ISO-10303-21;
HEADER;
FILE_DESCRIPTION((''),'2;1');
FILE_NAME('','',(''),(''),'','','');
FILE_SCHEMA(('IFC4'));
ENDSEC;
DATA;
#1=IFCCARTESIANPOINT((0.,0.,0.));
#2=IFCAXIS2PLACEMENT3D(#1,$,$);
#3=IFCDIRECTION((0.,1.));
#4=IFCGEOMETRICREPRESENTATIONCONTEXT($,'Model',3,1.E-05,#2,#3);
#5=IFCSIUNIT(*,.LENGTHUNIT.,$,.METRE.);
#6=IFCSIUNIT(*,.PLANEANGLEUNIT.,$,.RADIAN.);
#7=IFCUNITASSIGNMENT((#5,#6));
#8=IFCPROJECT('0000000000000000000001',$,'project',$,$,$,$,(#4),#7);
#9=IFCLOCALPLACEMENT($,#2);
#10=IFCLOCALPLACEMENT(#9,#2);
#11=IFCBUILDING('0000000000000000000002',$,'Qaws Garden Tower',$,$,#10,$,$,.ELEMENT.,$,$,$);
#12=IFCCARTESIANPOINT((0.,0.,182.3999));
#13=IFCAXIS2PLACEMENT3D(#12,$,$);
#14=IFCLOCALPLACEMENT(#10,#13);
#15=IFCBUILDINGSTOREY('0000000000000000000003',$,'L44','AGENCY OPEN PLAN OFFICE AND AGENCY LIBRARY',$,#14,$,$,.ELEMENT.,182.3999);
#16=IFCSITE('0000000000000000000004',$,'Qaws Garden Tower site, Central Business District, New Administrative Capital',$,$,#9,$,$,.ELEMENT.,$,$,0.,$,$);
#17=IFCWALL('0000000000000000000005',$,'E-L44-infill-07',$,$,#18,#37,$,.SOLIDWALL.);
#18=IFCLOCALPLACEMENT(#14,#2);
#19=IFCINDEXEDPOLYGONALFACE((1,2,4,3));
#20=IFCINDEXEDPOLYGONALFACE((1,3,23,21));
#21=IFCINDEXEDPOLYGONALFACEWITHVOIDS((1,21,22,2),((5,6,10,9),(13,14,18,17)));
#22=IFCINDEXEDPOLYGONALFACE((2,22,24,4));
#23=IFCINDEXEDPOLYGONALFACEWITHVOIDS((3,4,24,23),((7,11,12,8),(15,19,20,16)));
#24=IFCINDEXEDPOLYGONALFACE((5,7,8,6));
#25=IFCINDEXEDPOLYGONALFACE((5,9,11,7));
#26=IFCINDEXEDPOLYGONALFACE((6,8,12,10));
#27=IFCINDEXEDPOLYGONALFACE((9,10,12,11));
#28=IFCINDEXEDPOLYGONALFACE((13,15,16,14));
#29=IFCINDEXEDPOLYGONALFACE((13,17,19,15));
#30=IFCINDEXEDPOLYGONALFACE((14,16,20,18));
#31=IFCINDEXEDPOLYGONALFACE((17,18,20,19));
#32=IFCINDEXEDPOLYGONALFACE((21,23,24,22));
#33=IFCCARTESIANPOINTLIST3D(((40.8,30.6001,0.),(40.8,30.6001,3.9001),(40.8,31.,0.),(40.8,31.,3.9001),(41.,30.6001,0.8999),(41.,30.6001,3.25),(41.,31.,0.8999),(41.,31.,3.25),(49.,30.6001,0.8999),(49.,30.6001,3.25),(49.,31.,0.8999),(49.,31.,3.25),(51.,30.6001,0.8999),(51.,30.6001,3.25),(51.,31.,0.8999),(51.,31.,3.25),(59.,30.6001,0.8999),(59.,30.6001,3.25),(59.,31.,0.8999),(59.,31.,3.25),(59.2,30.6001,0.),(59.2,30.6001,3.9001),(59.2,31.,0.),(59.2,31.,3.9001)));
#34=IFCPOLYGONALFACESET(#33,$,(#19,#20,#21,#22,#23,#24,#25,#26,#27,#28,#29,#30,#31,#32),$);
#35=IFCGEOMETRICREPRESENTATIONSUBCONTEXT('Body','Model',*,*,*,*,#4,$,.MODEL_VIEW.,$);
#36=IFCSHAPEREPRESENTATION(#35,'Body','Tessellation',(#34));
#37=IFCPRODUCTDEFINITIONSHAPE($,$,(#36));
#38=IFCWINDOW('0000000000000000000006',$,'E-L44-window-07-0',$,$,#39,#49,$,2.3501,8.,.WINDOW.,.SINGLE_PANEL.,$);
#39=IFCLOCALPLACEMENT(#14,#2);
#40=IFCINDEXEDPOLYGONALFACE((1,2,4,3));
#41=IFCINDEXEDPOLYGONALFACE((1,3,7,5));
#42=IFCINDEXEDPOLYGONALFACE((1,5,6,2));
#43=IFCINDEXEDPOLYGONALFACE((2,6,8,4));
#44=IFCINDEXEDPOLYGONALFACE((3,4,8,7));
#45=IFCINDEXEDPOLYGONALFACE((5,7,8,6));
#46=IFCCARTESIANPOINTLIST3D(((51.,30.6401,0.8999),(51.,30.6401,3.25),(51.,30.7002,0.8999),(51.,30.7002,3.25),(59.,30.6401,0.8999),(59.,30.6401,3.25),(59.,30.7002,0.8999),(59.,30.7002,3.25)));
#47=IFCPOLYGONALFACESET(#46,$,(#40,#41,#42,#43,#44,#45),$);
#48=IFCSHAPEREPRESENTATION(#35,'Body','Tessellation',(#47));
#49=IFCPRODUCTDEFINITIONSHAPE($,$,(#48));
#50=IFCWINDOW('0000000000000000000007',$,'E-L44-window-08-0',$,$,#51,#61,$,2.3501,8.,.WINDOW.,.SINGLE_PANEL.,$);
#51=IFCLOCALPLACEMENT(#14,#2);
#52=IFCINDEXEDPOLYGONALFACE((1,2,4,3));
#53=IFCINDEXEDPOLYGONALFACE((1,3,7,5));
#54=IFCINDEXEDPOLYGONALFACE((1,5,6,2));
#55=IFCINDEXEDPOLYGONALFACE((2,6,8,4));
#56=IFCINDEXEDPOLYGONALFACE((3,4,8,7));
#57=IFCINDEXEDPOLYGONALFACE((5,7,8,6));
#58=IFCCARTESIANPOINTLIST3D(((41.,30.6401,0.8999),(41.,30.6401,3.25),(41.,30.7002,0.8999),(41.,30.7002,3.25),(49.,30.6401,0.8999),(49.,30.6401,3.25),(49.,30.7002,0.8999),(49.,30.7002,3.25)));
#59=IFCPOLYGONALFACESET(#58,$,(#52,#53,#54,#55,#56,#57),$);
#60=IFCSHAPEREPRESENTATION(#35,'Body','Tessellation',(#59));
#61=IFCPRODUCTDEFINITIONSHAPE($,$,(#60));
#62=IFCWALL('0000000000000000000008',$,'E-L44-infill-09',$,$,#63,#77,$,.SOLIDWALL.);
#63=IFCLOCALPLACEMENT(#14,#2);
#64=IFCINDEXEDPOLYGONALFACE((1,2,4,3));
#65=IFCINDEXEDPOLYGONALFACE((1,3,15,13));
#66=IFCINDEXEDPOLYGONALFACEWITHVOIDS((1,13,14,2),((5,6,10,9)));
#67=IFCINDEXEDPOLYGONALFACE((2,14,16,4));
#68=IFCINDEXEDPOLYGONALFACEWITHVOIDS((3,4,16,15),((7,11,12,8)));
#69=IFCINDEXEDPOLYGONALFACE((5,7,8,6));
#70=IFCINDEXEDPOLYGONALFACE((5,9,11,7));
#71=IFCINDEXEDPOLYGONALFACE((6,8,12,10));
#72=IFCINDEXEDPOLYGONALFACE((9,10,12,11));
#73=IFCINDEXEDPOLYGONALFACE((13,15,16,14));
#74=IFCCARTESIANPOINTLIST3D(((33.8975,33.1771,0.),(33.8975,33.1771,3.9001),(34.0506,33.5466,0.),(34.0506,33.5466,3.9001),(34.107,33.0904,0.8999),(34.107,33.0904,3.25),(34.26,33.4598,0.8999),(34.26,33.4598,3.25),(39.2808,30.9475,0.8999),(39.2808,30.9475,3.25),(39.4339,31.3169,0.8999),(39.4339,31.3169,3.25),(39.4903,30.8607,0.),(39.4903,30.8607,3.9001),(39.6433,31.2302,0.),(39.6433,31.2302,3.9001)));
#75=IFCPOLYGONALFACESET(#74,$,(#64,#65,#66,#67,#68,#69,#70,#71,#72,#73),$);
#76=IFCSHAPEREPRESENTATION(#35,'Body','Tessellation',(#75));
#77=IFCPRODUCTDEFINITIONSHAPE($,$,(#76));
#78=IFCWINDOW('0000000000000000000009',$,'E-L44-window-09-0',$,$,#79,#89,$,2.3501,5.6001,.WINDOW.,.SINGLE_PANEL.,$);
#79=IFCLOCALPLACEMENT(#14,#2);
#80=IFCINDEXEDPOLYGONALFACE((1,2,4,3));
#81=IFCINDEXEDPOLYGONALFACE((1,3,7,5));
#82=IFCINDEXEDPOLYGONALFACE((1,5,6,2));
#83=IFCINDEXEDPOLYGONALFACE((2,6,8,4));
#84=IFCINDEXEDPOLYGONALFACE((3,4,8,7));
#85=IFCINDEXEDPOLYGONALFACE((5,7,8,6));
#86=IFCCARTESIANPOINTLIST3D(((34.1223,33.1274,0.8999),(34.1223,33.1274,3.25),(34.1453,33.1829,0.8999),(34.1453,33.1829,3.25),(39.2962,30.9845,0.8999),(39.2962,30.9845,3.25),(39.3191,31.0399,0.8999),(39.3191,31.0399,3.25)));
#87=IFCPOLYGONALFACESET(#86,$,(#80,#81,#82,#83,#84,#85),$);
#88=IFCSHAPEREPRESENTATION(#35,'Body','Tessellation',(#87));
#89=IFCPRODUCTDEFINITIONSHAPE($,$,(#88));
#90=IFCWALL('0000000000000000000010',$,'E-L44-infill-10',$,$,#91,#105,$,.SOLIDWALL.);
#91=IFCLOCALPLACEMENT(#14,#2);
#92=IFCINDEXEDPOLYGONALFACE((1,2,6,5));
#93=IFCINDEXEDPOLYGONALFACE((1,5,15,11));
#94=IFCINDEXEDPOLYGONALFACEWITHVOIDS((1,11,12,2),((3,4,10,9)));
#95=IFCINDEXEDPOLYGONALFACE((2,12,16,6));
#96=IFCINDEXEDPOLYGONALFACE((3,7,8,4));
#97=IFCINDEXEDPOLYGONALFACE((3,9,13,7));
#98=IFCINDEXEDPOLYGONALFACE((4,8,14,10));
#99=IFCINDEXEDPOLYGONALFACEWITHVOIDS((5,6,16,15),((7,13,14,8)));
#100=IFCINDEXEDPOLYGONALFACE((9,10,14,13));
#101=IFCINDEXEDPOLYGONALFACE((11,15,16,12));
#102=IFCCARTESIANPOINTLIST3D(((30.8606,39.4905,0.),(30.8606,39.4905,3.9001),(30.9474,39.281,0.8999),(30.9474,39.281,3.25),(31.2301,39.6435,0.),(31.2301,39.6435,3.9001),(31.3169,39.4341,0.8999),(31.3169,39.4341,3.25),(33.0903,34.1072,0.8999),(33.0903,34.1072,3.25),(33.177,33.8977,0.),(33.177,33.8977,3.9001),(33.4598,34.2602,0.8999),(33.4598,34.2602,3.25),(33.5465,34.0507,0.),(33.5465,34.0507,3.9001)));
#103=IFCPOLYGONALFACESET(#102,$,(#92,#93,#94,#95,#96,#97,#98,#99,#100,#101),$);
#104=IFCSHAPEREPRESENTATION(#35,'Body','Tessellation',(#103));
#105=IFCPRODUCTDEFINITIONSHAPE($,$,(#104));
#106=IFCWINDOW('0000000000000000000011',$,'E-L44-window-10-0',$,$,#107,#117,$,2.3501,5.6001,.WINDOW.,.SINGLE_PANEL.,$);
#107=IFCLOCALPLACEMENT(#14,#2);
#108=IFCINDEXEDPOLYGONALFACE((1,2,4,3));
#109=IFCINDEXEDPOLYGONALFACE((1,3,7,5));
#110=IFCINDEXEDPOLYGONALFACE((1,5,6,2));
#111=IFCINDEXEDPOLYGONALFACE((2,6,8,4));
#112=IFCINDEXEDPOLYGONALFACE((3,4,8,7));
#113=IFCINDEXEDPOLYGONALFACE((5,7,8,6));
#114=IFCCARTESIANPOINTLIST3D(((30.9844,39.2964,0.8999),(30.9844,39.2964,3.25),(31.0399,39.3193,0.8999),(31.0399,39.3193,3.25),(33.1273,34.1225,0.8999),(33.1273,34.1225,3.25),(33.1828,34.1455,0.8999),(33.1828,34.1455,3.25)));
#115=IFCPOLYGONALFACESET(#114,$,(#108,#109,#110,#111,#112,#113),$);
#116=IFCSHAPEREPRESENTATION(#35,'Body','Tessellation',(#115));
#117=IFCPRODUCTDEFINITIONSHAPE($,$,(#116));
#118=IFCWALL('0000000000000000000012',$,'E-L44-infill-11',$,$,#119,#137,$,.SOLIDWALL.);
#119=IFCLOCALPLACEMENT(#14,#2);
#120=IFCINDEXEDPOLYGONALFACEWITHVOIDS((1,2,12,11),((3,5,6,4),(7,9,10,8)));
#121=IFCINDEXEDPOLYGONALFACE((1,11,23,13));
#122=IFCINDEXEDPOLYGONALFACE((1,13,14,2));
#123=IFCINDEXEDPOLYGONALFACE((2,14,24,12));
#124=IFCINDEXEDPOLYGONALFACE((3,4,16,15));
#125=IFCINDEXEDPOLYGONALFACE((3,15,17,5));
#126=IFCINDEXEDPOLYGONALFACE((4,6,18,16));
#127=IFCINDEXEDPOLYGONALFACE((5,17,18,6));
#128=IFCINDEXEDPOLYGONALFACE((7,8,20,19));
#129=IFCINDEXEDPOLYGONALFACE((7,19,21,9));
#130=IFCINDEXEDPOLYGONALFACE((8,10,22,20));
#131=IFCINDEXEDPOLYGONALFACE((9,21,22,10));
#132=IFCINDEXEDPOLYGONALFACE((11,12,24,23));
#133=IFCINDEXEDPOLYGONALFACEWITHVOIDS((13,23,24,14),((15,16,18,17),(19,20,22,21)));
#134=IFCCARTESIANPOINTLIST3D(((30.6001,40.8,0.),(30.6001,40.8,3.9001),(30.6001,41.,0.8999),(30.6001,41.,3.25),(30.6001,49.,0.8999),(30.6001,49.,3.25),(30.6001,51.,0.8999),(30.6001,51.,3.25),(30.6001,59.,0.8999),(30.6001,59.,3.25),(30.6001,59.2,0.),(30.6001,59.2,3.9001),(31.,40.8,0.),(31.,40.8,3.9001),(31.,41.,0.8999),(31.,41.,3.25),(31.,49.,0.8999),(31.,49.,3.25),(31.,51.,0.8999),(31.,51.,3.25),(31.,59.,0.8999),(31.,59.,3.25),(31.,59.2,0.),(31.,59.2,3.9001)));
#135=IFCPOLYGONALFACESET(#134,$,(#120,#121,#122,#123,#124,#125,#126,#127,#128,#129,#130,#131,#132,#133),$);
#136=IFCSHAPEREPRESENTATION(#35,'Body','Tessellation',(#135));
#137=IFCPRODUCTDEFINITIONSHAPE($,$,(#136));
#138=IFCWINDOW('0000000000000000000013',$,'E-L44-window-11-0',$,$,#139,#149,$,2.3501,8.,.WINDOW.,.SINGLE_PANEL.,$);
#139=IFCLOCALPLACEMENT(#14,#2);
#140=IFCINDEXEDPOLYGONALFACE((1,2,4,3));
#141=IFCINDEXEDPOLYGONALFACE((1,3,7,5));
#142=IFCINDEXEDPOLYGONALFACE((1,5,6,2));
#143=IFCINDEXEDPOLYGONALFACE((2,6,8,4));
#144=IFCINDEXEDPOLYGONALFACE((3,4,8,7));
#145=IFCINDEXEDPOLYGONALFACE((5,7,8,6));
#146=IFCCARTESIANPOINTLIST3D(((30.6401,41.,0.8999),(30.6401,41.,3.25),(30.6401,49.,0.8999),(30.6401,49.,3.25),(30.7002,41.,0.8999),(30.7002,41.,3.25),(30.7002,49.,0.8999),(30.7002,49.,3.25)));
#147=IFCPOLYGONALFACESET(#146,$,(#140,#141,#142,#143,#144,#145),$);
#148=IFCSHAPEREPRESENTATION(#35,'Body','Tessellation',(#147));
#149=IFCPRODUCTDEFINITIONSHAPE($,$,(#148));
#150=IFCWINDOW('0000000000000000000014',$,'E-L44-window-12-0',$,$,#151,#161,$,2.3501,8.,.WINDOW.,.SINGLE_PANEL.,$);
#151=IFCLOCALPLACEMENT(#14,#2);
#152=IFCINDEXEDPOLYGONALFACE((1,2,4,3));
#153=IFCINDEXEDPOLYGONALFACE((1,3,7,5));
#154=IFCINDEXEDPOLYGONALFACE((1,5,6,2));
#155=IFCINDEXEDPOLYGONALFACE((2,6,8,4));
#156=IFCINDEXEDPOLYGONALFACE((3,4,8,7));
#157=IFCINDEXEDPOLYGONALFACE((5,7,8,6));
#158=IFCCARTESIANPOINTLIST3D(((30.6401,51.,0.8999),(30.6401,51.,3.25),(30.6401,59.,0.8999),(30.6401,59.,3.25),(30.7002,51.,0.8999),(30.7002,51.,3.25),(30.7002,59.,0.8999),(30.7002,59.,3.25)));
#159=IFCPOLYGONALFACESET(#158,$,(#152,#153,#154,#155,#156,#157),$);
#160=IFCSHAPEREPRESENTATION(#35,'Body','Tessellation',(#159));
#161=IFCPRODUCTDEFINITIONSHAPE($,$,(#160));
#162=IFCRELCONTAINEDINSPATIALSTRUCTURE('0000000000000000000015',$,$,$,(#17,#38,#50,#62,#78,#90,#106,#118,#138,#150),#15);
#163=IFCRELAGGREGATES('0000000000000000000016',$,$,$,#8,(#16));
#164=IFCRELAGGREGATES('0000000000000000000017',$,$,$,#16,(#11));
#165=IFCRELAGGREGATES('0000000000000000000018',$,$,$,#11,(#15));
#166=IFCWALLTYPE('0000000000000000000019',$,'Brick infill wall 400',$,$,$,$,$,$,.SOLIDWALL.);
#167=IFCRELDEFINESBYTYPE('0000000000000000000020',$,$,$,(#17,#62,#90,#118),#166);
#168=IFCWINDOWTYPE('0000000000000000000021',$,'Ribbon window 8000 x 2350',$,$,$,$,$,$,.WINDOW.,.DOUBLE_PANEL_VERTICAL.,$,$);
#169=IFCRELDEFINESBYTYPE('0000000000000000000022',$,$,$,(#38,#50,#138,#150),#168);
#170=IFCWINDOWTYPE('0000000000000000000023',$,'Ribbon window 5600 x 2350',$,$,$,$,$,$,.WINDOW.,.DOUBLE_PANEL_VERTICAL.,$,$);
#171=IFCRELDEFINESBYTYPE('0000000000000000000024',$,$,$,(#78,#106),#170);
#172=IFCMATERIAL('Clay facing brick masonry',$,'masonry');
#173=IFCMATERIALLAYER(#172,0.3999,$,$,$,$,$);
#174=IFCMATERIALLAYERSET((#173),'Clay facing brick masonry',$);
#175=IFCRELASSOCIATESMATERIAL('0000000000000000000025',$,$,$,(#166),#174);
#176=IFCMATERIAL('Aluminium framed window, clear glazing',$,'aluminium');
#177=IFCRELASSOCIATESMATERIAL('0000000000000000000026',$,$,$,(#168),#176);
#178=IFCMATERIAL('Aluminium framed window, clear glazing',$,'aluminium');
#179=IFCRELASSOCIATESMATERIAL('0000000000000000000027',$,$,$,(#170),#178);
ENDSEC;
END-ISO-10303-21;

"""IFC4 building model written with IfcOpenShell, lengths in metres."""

from ifc_helpers import new_model, si_unit, direction, frame, frame_2d, origin, place, context, subcontext, project, spatial, rectangle, extrude, material, layer, layer_set, type_object, element, fill, save


model = new_model("IFC4")

# Units and contexts
model_context = context("Model", 3, precision=1e-05, world=origin(), true_north=direction((0.0, 1.0)))
body_context = subcontext(model_context, "Body", "Model", "MODEL_VIEW")
ifc_project = project(units=[si_unit("LENGTHUNIT", "METRE"), si_unit("PLANEANGLEUNIT", "RADIAN")], contexts=[model_context])

# Site, building, storey
site_placement = place(None, origin())
site = spatial("IfcSite", under=ifc_project, at=site_placement, Name="Qaws Garden Tower site, Central Business District, New Administrative Capital", CompositionType="ELEMENT", RefElevation=0.0)
building_placement = place(site_placement, origin())
building = spatial("IfcBuilding", under=site, at=building_placement, Name="Qaws Garden Tower", CompositionType="ELEMENT")
storey_placement = place(building_placement, frame((0.0, 0.0, 182.3999)))
storey = spatial("IfcBuildingStorey", under=building, at=storey_placement, Name="L44", Description="AGENCY OPEN PLAN OFFICE AND AGENCY LIBRARY", CompositionType="ELEMENT", Elevation=182.3999)

# Wall, openings, windows
ifc_material_1 = material(Name="Clay facing brick masonry", Category="masonry")
ifc_layer_1 = layer(ifc_material_1, 0.3999)
ifc_layer_set_1 = layer_set([ifc_layer_1], Name="Clay facing brick masonry")
wall_type_1 = type_object("IfcWallType", Name="Brick infill wall 400", PredefinedType="SOLIDWALL", material=ifc_layer_set_1)
wall_1_placement = place(storey_placement, frame((59.2, 30.8, 0.0), z_axis=(0.0, 0.0, 1.0), x_axis=(-1.0, 0.0, 0.0)))
wall_1 = element("IfcWall", 1, at=wall_1_placement, inside=storey, type_object=wall_type_1, Name="E-L44-infill-07", PredefinedType="SOLIDWALL", context=body_context, shape_type="SweptSolid", body=[
    extrude(rectangle(XDim=18.3999, YDim=0.3999, at=frame_2d((9.2, 0.0))), origin(), (0.0, 0.0, 1.0), 3.9001),
])
opening_1_placement = place(wall_1_placement, frame((0.2, 0.0, 0.8999)))
opening_1 = element("IfcOpeningElement", 2, at=opening_1_placement, cuts=wall_1, PredefinedType="OPENING", context=body_context, shape_type="SweptSolid", body=[
    extrude(rectangle(XDim=8.0, YDim=2.3501, at=frame_2d((4.0, 1.175))), frame((0.0, 0.21, 0.0), z_axis=(0.0, -1.0, 0.0), x_axis=(1.0, 0.0, 0.0)), (0.0, 0.0, 1.0), 0.4199),
])
opening_2_placement = place(wall_1_placement, frame((10.2, 0.0, 0.8999)))
opening_2 = element("IfcOpeningElement", 3, at=opening_2_placement, cuts=wall_1, PredefinedType="OPENING", context=body_context, shape_type="SweptSolid", body=[
    extrude(rectangle(XDim=8.0, YDim=2.3501, at=frame_2d((4.0, 1.175))), frame((0.0, 0.21, 0.0), z_axis=(0.0, -1.0, 0.0), x_axis=(1.0, 0.0, 0.0)), (0.0, 0.0, 1.0), 0.4199),
])
ifc_material_2 = material(Name="Aluminium framed window, clear glazing", Category="aluminium")
window_type_1 = type_object("IfcWindowType", Name="Ribbon window 8000 x 2350", PartitioningType="DOUBLE_PANEL_VERTICAL", PredefinedType="WINDOW", material=ifc_material_2)
window_1_placement = place(opening_1_placement, origin())
window_1 = element("IfcWindow", 4, at=window_1_placement, inside=storey, type_object=window_type_1, Name="E-L44-window-07-0", OverallHeight=2.3501, OverallWidth=8.0, PartitioningType="SINGLE_PANEL", PredefinedType="WINDOW", context=body_context, shape_type="SweptSolid", body=[
    extrude(rectangle(XDim=8.0, YDim=2.3501, at=frame_2d((4.0, 1.175))), frame((0.0, 0.1599, 0.0), z_axis=(0.0, -1.0, 0.0), x_axis=(1.0, 0.0, 0.0)), (0.0, 0.0, 1.0), 0.0601),
])
fill(opening_1, window_1)
window_2_placement = place(opening_2_placement, origin())
window_2 = element("IfcWindow", 5, at=window_2_placement, inside=storey, type_object=window_type_1, Name="E-L44-window-08-0", OverallHeight=2.3501, OverallWidth=8.0, PartitioningType="SINGLE_PANEL", PredefinedType="WINDOW", context=body_context, shape_type="SweptSolid", body=[
    extrude(rectangle(XDim=8.0, YDim=2.3501, at=frame_2d((4.0, 1.175))), frame((0.0, 0.1599, 0.0), z_axis=(0.0, -1.0, 0.0), x_axis=(1.0, 0.0, 0.0)), (0.0, 0.0, 1.0), 0.0601),
])
fill(opening_2, window_2)

# Walls, openings, windows
wall_2_placement = place(storey_placement, frame((39.5669, 31.0454, 0.0), z_axis=(0.0, 0.0, 1.0), x_axis=(-0.923891, 0.382656, 0.0)))
wall_2 = element("IfcWall", 6, at=wall_2_placement, inside=storey, type_object=wall_type_1, Name="E-L44-infill-09", PredefinedType="SOLIDWALL", context=body_context, shape_type="SweptSolid", body=[
    extrude(rectangle(XDim=6.0535, YDim=0.3999, at=frame_2d((3.0269, 0.0))), origin(), (0.0, 0.0, 1.0), 3.9001),
])
opening_3_placement = place(wall_2_placement, frame((0.2268, 0.0, 0.8999)))
opening_3 = element("IfcOpeningElement", 7, at=opening_3_placement, cuts=wall_2, PredefinedType="OPENING", context=body_context, shape_type="SweptSolid", body=[
    extrude(rectangle(XDim=5.6001, YDim=2.3501, at=frame_2d((2.8, 1.175))), frame((0.0, 0.21, 0.0), z_axis=(0.0, -1.0, 0.0), x_axis=(1.0, 0.0, 0.0)), (0.0, 0.0, 1.0), 0.4199),
])
ifc_material_3 = material(Name="Aluminium framed window, clear glazing", Category="aluminium")
window_type_2 = type_object("IfcWindowType", Name="Ribbon window 5600 x 2350", PartitioningType="DOUBLE_PANEL_VERTICAL", PredefinedType="WINDOW", material=ifc_material_3)
window_3_placement = place(opening_3_placement, origin())
window_3 = element("IfcWindow", 8, at=window_3_placement, inside=storey, type_object=window_type_2, Name="E-L44-window-09-0", OverallHeight=2.3501, OverallWidth=5.6001, PartitioningType="SINGLE_PANEL", PredefinedType="WINDOW", context=body_context, shape_type="SweptSolid", body=[
    extrude(rectangle(XDim=5.6001, YDim=2.3501, at=frame_2d((2.8, 1.175))), frame((0.0, 0.1599, 0.0), z_axis=(0.0, -1.0, 0.0), x_axis=(1.0, 0.0, 0.0)), (0.0, 0.0, 1.0), 0.0601),
])
fill(opening_3, window_3)
wall_3_placement = place(storey_placement, frame((33.3618, 33.9741, 0.0), z_axis=(0.0, 0.0, 1.0), x_axis=(-0.382656, 0.923891, 0.0)))
wall_3 = element("IfcWall", 9, at=wall_3_placement, inside=storey, type_object=wall_type_1, Name="E-L44-infill-10", PredefinedType="SOLIDWALL", context=body_context, shape_type="SweptSolid", body=[
    extrude(rectangle(XDim=6.0535, YDim=0.3999, at=frame_2d((3.0269, 0.0))), origin(), (0.0, 0.0, 1.0), 3.9001),
])
opening_4_placement = place(wall_3_placement, frame((0.2268, 0.0, 0.8999)))
opening_4 = element("IfcOpeningElement", 10, at=opening_4_placement, cuts=wall_3, PredefinedType="OPENING", context=body_context, shape_type="SweptSolid", body=[
    extrude(rectangle(XDim=5.6001, YDim=2.3501, at=frame_2d((2.8, 1.175))), frame((0.0, 0.21, 0.0), z_axis=(0.0, -1.0, 0.0), x_axis=(1.0, 0.0, 0.0)), (0.0, 0.0, 1.0), 0.4199),
])
window_4_placement = place(opening_4_placement, origin())
window_4 = element("IfcWindow", 11, at=window_4_placement, inside=storey, type_object=window_type_2, Name="E-L44-window-10-0", OverallHeight=2.3501, OverallWidth=5.6001, PartitioningType="SINGLE_PANEL", PredefinedType="WINDOW", context=body_context, shape_type="SweptSolid", body=[
    extrude(rectangle(XDim=5.6001, YDim=2.3501, at=frame_2d((2.8, 1.175))), frame((0.0, 0.1599, 0.0), z_axis=(0.0, -1.0, 0.0), x_axis=(1.0, 0.0, 0.0)), (0.0, 0.0, 1.0), 0.0601),
])
fill(opening_4, window_4)

# Wall, openings, windows
wall_4_placement = place(storey_placement, frame((30.8, 40.8, 0.0), z_axis=(0.0, 0.0, 1.0), x_axis=(0.0, 1.0, 0.0)))
wall_4 = element("IfcWall", 12, at=wall_4_placement, inside=storey, type_object=wall_type_1, Name="E-L44-infill-11", PredefinedType="SOLIDWALL", context=body_context, shape_type="SweptSolid", body=[
    extrude(rectangle(XDim=18.3999, YDim=0.3999, at=frame_2d((9.2, 0.0))), origin(), (0.0, 0.0, 1.0), 3.9001),
])
opening_5_placement = place(wall_4_placement, frame((0.2, 0.0, 0.8999)))
opening_5 = element("IfcOpeningElement", 13, at=opening_5_placement, cuts=wall_4, PredefinedType="OPENING", context=body_context, shape_type="SweptSolid", body=[
    extrude(rectangle(XDim=8.0, YDim=2.3501, at=frame_2d((4.0, 1.175))), frame((0.0, 0.21, 0.0), z_axis=(0.0, -1.0, 0.0), x_axis=(1.0, 0.0, 0.0)), (0.0, 0.0, 1.0), 0.4199),
])
opening_6_placement = place(wall_4_placement, frame((10.2, 0.0, 0.8999)))
opening_6 = element("IfcOpeningElement", 14, at=opening_6_placement, cuts=wall_4, PredefinedType="OPENING", context=body_context, shape_type="SweptSolid", body=[
    extrude(rectangle(XDim=8.0, YDim=2.3501, at=frame_2d((4.0, 1.175))), frame((0.0, 0.21, 0.0), z_axis=(0.0, -1.0, 0.0), x_axis=(1.0, 0.0, 0.0)), (0.0, 0.0, 1.0), 0.4199),
])
window_5_placement = place(opening_5_placement, origin())
window_5 = element("IfcWindow", 15, at=window_5_placement, inside=storey, type_object=window_type_1, Name="E-L44-window-11-0", OverallHeight=2.3501, OverallWidth=8.0, PartitioningType="SINGLE_PANEL", PredefinedType="WINDOW", context=body_context, shape_type="SweptSolid", body=[
    extrude(rectangle(XDim=8.0, YDim=2.3501, at=frame_2d((4.0, 1.175))), frame((0.0, 0.1599, 0.0), z_axis=(0.0, -1.0, 0.0), x_axis=(1.0, 0.0, 0.0)), (0.0, 0.0, 1.0), 0.0601),
])
fill(opening_5, window_5)
window_6_placement = place(opening_6_placement, origin())
window_6 = element("IfcWindow", 16, at=window_6_placement, inside=storey, type_object=window_type_1, Name="E-L44-window-12-0", OverallHeight=2.3501, OverallWidth=8.0, PartitioningType="SINGLE_PANEL", PredefinedType="WINDOW", context=body_context, shape_type="SweptSolid", body=[
    extrude(rectangle(XDim=8.0, YDim=2.3501, at=frame_2d((4.0, 1.175))), frame((0.0, 0.1599, 0.0), z_axis=(0.0, -1.0, 0.0), x_axis=(1.0, 0.0, 0.0)), (0.0, 0.0, 1.0), 0.0601),
])
fill(opening_6, window_6)

save(model, "model.ifc")
